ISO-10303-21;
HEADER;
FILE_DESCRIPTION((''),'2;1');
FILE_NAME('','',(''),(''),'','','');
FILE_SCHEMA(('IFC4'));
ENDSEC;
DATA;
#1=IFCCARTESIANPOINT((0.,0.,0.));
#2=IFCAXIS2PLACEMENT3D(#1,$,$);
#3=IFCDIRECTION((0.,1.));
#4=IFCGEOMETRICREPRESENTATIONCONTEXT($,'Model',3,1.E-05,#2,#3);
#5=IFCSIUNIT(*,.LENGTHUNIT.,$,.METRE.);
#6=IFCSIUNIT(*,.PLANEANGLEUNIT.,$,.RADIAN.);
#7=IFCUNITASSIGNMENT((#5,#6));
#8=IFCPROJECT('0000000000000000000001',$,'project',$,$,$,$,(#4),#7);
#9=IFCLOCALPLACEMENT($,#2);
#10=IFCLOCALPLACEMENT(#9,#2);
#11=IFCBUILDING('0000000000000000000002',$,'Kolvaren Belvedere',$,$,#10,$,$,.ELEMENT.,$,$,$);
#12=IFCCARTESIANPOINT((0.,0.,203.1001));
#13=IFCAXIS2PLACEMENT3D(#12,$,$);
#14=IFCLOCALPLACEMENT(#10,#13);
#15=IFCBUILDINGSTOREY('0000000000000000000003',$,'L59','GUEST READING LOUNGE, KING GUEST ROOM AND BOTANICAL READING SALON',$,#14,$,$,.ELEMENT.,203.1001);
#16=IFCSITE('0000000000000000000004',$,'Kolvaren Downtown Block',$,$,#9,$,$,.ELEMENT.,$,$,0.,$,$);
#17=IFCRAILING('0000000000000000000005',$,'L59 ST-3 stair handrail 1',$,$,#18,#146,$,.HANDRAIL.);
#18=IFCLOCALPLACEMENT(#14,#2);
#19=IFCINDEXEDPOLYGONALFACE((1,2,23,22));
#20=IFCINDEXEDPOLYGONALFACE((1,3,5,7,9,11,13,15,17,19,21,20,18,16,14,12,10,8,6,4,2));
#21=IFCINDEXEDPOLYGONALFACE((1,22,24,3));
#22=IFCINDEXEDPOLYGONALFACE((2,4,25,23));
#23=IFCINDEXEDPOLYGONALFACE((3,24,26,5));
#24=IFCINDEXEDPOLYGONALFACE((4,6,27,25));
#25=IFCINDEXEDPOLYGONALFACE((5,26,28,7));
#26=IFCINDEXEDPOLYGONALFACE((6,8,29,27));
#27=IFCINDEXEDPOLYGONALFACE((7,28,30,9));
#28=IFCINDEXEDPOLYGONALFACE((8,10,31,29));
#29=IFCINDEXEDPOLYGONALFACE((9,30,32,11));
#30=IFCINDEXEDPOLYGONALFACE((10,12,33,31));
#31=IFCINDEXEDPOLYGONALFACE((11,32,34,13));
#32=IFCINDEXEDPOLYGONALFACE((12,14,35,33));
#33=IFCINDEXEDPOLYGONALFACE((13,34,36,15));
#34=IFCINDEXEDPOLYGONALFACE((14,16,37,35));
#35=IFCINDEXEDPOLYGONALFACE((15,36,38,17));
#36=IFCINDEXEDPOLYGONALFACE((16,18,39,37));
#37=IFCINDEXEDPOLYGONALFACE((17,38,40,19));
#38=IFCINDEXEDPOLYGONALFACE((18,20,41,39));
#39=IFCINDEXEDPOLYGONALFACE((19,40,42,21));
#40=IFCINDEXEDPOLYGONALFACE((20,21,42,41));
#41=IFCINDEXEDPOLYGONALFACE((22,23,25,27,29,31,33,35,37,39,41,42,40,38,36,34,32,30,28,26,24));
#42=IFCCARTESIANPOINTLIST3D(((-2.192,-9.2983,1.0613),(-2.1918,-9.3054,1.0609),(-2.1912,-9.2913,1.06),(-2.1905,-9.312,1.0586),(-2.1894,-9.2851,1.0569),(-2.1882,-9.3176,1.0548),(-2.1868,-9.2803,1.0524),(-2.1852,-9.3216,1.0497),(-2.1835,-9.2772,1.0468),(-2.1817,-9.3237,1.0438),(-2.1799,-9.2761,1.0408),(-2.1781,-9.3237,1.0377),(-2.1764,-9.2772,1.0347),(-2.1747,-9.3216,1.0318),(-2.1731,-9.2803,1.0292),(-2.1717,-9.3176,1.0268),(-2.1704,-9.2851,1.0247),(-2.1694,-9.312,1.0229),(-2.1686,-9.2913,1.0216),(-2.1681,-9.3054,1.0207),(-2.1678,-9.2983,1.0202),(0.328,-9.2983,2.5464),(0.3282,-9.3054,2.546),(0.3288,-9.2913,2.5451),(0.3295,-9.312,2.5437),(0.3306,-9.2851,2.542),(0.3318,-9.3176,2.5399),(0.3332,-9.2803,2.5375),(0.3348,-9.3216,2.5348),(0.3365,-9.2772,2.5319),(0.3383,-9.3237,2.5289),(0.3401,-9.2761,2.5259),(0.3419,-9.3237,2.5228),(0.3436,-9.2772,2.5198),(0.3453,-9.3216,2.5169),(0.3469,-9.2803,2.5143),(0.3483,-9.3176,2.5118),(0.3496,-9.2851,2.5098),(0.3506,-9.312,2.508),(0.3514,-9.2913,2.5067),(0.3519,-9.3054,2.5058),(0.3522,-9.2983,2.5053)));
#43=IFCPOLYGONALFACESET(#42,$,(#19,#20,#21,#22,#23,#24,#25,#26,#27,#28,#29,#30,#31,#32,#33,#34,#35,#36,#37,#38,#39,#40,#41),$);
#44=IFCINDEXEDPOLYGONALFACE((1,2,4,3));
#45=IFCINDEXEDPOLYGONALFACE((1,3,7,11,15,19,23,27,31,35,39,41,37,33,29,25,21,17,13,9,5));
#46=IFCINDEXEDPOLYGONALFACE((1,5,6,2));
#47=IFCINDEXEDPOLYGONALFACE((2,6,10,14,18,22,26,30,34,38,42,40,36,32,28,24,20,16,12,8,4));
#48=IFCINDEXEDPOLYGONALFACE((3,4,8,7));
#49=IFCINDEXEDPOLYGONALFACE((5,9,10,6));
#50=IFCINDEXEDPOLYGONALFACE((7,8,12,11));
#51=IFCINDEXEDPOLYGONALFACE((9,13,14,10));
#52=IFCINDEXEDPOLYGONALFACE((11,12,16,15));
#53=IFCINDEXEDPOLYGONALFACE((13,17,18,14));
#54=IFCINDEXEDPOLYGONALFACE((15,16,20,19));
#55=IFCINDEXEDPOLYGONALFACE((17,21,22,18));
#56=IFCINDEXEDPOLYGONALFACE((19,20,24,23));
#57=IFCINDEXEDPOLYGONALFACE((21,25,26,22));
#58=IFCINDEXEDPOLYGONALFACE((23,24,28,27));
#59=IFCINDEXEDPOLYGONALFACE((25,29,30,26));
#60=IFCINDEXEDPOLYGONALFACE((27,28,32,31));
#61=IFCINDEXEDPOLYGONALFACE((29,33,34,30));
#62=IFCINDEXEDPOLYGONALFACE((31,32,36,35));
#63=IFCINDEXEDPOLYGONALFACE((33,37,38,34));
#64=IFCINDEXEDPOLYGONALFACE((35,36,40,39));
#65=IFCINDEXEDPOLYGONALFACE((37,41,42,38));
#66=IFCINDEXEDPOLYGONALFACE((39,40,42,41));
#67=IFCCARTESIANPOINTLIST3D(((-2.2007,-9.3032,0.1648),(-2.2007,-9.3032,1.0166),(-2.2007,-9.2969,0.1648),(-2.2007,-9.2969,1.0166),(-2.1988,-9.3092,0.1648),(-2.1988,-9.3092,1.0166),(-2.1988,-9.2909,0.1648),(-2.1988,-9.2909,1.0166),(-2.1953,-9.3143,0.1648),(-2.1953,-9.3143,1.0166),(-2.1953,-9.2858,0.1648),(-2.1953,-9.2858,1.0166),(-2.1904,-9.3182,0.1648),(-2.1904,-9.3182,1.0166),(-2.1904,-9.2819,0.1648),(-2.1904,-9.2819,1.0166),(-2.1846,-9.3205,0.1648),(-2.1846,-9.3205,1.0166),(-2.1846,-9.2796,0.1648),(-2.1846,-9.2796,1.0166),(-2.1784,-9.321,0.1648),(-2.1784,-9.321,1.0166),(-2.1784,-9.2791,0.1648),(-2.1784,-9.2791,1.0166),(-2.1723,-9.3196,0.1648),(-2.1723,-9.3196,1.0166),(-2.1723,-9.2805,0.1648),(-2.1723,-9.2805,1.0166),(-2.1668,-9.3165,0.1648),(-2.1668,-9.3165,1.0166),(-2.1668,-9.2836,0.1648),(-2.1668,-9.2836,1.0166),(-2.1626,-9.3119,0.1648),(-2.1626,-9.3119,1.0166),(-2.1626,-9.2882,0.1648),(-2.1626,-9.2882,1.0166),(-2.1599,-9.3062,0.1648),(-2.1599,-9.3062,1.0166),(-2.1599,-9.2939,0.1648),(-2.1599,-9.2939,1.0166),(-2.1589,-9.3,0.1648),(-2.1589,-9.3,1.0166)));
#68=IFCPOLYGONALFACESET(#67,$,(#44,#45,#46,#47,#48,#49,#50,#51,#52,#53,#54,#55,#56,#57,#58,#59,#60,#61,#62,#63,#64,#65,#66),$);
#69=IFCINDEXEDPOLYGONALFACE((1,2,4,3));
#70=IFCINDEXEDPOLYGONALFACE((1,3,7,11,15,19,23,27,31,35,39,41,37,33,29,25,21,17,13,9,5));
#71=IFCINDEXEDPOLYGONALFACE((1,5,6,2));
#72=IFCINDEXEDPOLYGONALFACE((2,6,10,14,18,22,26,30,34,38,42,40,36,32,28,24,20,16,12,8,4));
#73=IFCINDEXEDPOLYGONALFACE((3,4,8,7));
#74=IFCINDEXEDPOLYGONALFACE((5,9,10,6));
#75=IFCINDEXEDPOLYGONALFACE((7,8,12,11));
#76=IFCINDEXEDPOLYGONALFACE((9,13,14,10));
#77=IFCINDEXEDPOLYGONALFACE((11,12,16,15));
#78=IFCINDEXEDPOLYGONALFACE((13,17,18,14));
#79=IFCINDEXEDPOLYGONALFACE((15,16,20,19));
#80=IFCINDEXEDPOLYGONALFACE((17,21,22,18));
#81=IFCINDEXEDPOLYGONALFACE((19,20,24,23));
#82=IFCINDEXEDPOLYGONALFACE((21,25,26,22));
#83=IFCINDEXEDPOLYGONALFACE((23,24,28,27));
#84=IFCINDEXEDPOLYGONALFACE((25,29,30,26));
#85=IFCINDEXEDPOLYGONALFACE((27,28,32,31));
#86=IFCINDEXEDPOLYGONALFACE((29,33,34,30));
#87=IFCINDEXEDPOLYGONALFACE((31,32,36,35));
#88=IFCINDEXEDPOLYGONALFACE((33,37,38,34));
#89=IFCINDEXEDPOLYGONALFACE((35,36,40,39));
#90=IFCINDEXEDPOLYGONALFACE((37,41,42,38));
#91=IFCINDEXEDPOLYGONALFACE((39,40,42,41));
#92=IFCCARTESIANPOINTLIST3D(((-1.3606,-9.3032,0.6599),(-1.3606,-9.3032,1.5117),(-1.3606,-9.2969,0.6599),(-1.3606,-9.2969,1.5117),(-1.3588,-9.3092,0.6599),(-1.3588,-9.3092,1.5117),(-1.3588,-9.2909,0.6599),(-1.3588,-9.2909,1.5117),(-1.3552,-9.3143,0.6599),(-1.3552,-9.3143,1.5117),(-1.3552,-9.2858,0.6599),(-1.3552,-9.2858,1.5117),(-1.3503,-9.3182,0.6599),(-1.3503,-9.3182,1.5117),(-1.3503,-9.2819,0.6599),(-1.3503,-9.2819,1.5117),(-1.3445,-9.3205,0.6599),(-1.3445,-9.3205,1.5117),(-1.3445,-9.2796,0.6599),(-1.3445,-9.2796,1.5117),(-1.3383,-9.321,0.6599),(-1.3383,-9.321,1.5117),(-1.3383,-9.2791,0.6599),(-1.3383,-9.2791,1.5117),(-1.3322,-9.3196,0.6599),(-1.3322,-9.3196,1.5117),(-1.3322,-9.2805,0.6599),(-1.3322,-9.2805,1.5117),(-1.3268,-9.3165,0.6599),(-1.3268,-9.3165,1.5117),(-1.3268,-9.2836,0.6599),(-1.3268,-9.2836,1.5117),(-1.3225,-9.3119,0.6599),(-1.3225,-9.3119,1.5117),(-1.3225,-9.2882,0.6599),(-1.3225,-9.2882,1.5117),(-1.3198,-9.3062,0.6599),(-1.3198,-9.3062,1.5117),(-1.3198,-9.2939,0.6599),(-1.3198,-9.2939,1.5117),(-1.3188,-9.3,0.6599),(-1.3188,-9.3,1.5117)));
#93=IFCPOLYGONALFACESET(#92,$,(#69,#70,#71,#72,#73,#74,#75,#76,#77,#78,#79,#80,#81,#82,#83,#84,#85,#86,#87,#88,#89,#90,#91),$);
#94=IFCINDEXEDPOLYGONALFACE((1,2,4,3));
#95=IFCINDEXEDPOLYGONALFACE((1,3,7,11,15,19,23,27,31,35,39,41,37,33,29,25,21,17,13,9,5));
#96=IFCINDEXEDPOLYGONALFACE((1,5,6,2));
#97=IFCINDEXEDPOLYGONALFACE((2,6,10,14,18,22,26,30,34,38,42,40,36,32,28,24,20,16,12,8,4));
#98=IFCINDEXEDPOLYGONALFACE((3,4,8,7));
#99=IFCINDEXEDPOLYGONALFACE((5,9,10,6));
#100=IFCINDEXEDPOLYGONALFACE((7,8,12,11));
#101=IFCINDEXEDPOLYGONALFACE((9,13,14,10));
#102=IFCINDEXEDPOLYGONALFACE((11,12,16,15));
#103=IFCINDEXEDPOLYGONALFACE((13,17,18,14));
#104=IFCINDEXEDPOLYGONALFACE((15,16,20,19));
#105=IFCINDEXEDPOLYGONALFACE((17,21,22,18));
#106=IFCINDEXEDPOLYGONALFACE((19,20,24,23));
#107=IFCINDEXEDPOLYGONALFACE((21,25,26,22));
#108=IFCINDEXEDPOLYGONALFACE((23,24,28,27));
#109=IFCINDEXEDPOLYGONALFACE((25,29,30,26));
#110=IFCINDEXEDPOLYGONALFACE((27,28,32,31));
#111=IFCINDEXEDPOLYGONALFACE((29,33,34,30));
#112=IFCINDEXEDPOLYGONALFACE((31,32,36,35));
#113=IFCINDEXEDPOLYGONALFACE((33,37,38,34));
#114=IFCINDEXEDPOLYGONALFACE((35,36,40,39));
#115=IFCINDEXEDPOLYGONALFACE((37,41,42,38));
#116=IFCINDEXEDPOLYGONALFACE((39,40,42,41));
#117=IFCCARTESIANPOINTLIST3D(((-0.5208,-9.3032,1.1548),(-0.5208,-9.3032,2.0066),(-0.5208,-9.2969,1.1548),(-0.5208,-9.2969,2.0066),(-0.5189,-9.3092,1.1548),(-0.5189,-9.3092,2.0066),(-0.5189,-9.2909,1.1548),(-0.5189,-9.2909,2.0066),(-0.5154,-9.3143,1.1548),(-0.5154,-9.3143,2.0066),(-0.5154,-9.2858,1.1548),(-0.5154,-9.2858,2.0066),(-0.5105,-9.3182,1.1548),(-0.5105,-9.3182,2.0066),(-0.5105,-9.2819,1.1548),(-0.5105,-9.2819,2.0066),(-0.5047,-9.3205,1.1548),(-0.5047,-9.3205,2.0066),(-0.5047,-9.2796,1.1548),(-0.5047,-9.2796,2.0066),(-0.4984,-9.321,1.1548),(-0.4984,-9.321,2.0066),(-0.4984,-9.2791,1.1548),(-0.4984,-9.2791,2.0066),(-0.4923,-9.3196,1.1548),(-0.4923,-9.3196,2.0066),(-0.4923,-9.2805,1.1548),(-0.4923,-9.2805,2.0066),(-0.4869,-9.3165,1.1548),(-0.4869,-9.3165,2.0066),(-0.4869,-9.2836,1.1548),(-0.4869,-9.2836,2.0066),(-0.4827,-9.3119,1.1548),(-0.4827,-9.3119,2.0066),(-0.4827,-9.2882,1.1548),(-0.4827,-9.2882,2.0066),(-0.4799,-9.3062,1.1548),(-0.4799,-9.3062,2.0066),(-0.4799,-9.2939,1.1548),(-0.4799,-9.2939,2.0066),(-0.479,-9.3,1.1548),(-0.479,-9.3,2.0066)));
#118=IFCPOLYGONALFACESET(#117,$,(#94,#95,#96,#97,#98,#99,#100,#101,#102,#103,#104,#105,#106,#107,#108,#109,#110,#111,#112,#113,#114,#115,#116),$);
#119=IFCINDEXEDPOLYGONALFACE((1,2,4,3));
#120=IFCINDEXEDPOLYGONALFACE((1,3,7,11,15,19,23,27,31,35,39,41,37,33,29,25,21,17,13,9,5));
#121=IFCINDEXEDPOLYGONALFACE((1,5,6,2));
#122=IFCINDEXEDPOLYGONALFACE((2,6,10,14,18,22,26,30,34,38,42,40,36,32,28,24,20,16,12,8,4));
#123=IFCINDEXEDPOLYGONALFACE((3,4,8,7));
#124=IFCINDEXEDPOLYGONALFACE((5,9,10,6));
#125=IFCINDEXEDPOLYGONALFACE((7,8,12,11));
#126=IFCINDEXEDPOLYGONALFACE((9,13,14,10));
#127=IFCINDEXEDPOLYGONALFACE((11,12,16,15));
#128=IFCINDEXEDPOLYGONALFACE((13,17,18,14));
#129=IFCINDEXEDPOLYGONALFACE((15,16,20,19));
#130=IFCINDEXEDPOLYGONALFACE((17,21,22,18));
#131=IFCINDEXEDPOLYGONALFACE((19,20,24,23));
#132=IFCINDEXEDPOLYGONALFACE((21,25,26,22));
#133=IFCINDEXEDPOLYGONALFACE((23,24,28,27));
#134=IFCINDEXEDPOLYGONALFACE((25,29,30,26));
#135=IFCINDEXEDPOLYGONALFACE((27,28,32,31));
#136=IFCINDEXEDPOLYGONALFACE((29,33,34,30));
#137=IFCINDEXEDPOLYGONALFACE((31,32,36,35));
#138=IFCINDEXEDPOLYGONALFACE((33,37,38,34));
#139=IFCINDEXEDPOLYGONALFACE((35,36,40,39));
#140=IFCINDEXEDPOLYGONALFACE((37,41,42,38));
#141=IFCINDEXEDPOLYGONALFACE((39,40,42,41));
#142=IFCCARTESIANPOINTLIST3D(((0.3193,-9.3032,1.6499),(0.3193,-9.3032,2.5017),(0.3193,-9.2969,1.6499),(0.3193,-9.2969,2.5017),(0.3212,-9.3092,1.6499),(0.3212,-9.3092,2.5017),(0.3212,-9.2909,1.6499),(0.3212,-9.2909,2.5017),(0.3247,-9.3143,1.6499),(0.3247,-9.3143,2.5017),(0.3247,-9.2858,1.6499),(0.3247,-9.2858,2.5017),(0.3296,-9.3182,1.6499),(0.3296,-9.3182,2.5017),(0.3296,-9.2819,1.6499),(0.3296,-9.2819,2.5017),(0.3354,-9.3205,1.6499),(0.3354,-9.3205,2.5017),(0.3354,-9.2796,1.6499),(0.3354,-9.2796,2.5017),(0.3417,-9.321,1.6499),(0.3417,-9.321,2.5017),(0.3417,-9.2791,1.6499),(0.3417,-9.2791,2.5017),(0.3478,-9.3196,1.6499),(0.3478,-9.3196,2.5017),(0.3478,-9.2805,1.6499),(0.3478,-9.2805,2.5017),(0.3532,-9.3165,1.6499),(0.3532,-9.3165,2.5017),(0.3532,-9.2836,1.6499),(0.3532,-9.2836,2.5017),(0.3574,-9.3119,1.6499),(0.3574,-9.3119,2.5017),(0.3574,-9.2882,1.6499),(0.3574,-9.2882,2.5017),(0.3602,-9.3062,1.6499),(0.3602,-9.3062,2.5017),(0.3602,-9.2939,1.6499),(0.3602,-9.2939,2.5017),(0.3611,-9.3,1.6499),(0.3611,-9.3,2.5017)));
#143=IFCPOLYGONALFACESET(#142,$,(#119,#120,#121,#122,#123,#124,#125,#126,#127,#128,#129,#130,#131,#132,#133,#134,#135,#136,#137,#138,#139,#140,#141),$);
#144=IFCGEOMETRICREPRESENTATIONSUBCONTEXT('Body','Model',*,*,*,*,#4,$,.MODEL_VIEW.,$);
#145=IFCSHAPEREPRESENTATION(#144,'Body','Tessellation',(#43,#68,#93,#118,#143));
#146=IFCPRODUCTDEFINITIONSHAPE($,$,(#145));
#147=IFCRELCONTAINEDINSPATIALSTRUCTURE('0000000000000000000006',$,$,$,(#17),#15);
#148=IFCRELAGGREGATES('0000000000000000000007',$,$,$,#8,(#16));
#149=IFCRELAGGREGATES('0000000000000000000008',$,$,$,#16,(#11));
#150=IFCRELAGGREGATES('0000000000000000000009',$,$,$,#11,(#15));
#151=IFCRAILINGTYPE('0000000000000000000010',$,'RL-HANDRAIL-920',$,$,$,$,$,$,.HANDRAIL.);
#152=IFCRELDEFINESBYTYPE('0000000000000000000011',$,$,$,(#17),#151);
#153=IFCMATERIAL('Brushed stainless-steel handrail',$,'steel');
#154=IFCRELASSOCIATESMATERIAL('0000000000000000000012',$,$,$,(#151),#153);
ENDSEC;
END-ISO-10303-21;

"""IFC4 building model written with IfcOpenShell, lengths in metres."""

from ifc_helpers import new_model, si_unit, direction, frame, origin, origin_2d, place, context, subcontext, project, spatial, circle, extrude, material, type_object, element, save


model = new_model("IFC4")

# Units and contexts
model_context = context("Model", 3, precision=1e-05, world=origin(), true_north=direction((0.0, 1.0)))
body_context = subcontext(model_context, "Body", "Model", "MODEL_VIEW")
ifc_project = project(units=[si_unit("LENGTHUNIT", "METRE"), si_unit("PLANEANGLEUNIT", "RADIAN")], contexts=[model_context])

# Site, building, storey
site_placement = place(None, origin())
site = spatial("IfcSite", under=ifc_project, at=site_placement, Name="Kolvaren Downtown Block", CompositionType="ELEMENT", RefElevation=0.0)
building_placement = place(site_placement, origin())
building = spatial("IfcBuilding", under=site, at=building_placement, Name="Kolvaren Belvedere", CompositionType="ELEMENT")
storey_placement = place(building_placement, frame((0.0, 0.0, 203.1001)))
storey = spatial("IfcBuildingStorey", under=building, at=storey_placement, Name="L59", Description="GUEST READING LOUNGE, KING GUEST ROOM AND BOTANICAL READING SALON", CompositionType="ELEMENT", Elevation=203.1001)

# Railing
ifc_material_1 = material(Name="Brushed stainless-steel handrail", Category="steel")
railing_type_1 = type_object("IfcRailingType", Name="RL-HANDRAIL-920", PredefinedType="HANDRAIL", material=ifc_material_1)
railing_1_placement = place(storey_placement, frame((-2.1799, -9.3, 0.1648)))
element("IfcRailing", 1, at=railing_1_placement, inside=storey, type_object=railing_type_1, Name="L59 ST-3 stair handrail 1", PredefinedType="HANDRAIL", context=body_context, shape_type="SweptSolid", body=[
    extrude(circle(Radius=0.0239, at=origin_2d()), frame((0.0, 0.0, 0.876), z_axis=(0.861524, 0.0, 0.507717), x_axis=(0.0, 1.0, 0.0)), (0.0, 0.0, 1.0), 2.925),
    extrude(circle(Radius=0.021, at=origin_2d()), origin(), (0.0, 0.0, 1.0), 0.8518),
    extrude(circle(Radius=0.021, at=origin_2d()), frame((0.8401, 0.0, 0.4951)), (0.0, 0.0, 1.0), 0.8518),
    extrude(circle(Radius=0.021, at=origin_2d()), frame((1.6799, 0.0, 0.99)), (0.0, 0.0, 1.0), 0.8518),
    extrude(circle(Radius=0.021, at=origin_2d()), frame((2.52, 0.0, 1.4851)), (0.0, 0.0, 1.0), 0.8518),
])

save(model, "model.ifc")
